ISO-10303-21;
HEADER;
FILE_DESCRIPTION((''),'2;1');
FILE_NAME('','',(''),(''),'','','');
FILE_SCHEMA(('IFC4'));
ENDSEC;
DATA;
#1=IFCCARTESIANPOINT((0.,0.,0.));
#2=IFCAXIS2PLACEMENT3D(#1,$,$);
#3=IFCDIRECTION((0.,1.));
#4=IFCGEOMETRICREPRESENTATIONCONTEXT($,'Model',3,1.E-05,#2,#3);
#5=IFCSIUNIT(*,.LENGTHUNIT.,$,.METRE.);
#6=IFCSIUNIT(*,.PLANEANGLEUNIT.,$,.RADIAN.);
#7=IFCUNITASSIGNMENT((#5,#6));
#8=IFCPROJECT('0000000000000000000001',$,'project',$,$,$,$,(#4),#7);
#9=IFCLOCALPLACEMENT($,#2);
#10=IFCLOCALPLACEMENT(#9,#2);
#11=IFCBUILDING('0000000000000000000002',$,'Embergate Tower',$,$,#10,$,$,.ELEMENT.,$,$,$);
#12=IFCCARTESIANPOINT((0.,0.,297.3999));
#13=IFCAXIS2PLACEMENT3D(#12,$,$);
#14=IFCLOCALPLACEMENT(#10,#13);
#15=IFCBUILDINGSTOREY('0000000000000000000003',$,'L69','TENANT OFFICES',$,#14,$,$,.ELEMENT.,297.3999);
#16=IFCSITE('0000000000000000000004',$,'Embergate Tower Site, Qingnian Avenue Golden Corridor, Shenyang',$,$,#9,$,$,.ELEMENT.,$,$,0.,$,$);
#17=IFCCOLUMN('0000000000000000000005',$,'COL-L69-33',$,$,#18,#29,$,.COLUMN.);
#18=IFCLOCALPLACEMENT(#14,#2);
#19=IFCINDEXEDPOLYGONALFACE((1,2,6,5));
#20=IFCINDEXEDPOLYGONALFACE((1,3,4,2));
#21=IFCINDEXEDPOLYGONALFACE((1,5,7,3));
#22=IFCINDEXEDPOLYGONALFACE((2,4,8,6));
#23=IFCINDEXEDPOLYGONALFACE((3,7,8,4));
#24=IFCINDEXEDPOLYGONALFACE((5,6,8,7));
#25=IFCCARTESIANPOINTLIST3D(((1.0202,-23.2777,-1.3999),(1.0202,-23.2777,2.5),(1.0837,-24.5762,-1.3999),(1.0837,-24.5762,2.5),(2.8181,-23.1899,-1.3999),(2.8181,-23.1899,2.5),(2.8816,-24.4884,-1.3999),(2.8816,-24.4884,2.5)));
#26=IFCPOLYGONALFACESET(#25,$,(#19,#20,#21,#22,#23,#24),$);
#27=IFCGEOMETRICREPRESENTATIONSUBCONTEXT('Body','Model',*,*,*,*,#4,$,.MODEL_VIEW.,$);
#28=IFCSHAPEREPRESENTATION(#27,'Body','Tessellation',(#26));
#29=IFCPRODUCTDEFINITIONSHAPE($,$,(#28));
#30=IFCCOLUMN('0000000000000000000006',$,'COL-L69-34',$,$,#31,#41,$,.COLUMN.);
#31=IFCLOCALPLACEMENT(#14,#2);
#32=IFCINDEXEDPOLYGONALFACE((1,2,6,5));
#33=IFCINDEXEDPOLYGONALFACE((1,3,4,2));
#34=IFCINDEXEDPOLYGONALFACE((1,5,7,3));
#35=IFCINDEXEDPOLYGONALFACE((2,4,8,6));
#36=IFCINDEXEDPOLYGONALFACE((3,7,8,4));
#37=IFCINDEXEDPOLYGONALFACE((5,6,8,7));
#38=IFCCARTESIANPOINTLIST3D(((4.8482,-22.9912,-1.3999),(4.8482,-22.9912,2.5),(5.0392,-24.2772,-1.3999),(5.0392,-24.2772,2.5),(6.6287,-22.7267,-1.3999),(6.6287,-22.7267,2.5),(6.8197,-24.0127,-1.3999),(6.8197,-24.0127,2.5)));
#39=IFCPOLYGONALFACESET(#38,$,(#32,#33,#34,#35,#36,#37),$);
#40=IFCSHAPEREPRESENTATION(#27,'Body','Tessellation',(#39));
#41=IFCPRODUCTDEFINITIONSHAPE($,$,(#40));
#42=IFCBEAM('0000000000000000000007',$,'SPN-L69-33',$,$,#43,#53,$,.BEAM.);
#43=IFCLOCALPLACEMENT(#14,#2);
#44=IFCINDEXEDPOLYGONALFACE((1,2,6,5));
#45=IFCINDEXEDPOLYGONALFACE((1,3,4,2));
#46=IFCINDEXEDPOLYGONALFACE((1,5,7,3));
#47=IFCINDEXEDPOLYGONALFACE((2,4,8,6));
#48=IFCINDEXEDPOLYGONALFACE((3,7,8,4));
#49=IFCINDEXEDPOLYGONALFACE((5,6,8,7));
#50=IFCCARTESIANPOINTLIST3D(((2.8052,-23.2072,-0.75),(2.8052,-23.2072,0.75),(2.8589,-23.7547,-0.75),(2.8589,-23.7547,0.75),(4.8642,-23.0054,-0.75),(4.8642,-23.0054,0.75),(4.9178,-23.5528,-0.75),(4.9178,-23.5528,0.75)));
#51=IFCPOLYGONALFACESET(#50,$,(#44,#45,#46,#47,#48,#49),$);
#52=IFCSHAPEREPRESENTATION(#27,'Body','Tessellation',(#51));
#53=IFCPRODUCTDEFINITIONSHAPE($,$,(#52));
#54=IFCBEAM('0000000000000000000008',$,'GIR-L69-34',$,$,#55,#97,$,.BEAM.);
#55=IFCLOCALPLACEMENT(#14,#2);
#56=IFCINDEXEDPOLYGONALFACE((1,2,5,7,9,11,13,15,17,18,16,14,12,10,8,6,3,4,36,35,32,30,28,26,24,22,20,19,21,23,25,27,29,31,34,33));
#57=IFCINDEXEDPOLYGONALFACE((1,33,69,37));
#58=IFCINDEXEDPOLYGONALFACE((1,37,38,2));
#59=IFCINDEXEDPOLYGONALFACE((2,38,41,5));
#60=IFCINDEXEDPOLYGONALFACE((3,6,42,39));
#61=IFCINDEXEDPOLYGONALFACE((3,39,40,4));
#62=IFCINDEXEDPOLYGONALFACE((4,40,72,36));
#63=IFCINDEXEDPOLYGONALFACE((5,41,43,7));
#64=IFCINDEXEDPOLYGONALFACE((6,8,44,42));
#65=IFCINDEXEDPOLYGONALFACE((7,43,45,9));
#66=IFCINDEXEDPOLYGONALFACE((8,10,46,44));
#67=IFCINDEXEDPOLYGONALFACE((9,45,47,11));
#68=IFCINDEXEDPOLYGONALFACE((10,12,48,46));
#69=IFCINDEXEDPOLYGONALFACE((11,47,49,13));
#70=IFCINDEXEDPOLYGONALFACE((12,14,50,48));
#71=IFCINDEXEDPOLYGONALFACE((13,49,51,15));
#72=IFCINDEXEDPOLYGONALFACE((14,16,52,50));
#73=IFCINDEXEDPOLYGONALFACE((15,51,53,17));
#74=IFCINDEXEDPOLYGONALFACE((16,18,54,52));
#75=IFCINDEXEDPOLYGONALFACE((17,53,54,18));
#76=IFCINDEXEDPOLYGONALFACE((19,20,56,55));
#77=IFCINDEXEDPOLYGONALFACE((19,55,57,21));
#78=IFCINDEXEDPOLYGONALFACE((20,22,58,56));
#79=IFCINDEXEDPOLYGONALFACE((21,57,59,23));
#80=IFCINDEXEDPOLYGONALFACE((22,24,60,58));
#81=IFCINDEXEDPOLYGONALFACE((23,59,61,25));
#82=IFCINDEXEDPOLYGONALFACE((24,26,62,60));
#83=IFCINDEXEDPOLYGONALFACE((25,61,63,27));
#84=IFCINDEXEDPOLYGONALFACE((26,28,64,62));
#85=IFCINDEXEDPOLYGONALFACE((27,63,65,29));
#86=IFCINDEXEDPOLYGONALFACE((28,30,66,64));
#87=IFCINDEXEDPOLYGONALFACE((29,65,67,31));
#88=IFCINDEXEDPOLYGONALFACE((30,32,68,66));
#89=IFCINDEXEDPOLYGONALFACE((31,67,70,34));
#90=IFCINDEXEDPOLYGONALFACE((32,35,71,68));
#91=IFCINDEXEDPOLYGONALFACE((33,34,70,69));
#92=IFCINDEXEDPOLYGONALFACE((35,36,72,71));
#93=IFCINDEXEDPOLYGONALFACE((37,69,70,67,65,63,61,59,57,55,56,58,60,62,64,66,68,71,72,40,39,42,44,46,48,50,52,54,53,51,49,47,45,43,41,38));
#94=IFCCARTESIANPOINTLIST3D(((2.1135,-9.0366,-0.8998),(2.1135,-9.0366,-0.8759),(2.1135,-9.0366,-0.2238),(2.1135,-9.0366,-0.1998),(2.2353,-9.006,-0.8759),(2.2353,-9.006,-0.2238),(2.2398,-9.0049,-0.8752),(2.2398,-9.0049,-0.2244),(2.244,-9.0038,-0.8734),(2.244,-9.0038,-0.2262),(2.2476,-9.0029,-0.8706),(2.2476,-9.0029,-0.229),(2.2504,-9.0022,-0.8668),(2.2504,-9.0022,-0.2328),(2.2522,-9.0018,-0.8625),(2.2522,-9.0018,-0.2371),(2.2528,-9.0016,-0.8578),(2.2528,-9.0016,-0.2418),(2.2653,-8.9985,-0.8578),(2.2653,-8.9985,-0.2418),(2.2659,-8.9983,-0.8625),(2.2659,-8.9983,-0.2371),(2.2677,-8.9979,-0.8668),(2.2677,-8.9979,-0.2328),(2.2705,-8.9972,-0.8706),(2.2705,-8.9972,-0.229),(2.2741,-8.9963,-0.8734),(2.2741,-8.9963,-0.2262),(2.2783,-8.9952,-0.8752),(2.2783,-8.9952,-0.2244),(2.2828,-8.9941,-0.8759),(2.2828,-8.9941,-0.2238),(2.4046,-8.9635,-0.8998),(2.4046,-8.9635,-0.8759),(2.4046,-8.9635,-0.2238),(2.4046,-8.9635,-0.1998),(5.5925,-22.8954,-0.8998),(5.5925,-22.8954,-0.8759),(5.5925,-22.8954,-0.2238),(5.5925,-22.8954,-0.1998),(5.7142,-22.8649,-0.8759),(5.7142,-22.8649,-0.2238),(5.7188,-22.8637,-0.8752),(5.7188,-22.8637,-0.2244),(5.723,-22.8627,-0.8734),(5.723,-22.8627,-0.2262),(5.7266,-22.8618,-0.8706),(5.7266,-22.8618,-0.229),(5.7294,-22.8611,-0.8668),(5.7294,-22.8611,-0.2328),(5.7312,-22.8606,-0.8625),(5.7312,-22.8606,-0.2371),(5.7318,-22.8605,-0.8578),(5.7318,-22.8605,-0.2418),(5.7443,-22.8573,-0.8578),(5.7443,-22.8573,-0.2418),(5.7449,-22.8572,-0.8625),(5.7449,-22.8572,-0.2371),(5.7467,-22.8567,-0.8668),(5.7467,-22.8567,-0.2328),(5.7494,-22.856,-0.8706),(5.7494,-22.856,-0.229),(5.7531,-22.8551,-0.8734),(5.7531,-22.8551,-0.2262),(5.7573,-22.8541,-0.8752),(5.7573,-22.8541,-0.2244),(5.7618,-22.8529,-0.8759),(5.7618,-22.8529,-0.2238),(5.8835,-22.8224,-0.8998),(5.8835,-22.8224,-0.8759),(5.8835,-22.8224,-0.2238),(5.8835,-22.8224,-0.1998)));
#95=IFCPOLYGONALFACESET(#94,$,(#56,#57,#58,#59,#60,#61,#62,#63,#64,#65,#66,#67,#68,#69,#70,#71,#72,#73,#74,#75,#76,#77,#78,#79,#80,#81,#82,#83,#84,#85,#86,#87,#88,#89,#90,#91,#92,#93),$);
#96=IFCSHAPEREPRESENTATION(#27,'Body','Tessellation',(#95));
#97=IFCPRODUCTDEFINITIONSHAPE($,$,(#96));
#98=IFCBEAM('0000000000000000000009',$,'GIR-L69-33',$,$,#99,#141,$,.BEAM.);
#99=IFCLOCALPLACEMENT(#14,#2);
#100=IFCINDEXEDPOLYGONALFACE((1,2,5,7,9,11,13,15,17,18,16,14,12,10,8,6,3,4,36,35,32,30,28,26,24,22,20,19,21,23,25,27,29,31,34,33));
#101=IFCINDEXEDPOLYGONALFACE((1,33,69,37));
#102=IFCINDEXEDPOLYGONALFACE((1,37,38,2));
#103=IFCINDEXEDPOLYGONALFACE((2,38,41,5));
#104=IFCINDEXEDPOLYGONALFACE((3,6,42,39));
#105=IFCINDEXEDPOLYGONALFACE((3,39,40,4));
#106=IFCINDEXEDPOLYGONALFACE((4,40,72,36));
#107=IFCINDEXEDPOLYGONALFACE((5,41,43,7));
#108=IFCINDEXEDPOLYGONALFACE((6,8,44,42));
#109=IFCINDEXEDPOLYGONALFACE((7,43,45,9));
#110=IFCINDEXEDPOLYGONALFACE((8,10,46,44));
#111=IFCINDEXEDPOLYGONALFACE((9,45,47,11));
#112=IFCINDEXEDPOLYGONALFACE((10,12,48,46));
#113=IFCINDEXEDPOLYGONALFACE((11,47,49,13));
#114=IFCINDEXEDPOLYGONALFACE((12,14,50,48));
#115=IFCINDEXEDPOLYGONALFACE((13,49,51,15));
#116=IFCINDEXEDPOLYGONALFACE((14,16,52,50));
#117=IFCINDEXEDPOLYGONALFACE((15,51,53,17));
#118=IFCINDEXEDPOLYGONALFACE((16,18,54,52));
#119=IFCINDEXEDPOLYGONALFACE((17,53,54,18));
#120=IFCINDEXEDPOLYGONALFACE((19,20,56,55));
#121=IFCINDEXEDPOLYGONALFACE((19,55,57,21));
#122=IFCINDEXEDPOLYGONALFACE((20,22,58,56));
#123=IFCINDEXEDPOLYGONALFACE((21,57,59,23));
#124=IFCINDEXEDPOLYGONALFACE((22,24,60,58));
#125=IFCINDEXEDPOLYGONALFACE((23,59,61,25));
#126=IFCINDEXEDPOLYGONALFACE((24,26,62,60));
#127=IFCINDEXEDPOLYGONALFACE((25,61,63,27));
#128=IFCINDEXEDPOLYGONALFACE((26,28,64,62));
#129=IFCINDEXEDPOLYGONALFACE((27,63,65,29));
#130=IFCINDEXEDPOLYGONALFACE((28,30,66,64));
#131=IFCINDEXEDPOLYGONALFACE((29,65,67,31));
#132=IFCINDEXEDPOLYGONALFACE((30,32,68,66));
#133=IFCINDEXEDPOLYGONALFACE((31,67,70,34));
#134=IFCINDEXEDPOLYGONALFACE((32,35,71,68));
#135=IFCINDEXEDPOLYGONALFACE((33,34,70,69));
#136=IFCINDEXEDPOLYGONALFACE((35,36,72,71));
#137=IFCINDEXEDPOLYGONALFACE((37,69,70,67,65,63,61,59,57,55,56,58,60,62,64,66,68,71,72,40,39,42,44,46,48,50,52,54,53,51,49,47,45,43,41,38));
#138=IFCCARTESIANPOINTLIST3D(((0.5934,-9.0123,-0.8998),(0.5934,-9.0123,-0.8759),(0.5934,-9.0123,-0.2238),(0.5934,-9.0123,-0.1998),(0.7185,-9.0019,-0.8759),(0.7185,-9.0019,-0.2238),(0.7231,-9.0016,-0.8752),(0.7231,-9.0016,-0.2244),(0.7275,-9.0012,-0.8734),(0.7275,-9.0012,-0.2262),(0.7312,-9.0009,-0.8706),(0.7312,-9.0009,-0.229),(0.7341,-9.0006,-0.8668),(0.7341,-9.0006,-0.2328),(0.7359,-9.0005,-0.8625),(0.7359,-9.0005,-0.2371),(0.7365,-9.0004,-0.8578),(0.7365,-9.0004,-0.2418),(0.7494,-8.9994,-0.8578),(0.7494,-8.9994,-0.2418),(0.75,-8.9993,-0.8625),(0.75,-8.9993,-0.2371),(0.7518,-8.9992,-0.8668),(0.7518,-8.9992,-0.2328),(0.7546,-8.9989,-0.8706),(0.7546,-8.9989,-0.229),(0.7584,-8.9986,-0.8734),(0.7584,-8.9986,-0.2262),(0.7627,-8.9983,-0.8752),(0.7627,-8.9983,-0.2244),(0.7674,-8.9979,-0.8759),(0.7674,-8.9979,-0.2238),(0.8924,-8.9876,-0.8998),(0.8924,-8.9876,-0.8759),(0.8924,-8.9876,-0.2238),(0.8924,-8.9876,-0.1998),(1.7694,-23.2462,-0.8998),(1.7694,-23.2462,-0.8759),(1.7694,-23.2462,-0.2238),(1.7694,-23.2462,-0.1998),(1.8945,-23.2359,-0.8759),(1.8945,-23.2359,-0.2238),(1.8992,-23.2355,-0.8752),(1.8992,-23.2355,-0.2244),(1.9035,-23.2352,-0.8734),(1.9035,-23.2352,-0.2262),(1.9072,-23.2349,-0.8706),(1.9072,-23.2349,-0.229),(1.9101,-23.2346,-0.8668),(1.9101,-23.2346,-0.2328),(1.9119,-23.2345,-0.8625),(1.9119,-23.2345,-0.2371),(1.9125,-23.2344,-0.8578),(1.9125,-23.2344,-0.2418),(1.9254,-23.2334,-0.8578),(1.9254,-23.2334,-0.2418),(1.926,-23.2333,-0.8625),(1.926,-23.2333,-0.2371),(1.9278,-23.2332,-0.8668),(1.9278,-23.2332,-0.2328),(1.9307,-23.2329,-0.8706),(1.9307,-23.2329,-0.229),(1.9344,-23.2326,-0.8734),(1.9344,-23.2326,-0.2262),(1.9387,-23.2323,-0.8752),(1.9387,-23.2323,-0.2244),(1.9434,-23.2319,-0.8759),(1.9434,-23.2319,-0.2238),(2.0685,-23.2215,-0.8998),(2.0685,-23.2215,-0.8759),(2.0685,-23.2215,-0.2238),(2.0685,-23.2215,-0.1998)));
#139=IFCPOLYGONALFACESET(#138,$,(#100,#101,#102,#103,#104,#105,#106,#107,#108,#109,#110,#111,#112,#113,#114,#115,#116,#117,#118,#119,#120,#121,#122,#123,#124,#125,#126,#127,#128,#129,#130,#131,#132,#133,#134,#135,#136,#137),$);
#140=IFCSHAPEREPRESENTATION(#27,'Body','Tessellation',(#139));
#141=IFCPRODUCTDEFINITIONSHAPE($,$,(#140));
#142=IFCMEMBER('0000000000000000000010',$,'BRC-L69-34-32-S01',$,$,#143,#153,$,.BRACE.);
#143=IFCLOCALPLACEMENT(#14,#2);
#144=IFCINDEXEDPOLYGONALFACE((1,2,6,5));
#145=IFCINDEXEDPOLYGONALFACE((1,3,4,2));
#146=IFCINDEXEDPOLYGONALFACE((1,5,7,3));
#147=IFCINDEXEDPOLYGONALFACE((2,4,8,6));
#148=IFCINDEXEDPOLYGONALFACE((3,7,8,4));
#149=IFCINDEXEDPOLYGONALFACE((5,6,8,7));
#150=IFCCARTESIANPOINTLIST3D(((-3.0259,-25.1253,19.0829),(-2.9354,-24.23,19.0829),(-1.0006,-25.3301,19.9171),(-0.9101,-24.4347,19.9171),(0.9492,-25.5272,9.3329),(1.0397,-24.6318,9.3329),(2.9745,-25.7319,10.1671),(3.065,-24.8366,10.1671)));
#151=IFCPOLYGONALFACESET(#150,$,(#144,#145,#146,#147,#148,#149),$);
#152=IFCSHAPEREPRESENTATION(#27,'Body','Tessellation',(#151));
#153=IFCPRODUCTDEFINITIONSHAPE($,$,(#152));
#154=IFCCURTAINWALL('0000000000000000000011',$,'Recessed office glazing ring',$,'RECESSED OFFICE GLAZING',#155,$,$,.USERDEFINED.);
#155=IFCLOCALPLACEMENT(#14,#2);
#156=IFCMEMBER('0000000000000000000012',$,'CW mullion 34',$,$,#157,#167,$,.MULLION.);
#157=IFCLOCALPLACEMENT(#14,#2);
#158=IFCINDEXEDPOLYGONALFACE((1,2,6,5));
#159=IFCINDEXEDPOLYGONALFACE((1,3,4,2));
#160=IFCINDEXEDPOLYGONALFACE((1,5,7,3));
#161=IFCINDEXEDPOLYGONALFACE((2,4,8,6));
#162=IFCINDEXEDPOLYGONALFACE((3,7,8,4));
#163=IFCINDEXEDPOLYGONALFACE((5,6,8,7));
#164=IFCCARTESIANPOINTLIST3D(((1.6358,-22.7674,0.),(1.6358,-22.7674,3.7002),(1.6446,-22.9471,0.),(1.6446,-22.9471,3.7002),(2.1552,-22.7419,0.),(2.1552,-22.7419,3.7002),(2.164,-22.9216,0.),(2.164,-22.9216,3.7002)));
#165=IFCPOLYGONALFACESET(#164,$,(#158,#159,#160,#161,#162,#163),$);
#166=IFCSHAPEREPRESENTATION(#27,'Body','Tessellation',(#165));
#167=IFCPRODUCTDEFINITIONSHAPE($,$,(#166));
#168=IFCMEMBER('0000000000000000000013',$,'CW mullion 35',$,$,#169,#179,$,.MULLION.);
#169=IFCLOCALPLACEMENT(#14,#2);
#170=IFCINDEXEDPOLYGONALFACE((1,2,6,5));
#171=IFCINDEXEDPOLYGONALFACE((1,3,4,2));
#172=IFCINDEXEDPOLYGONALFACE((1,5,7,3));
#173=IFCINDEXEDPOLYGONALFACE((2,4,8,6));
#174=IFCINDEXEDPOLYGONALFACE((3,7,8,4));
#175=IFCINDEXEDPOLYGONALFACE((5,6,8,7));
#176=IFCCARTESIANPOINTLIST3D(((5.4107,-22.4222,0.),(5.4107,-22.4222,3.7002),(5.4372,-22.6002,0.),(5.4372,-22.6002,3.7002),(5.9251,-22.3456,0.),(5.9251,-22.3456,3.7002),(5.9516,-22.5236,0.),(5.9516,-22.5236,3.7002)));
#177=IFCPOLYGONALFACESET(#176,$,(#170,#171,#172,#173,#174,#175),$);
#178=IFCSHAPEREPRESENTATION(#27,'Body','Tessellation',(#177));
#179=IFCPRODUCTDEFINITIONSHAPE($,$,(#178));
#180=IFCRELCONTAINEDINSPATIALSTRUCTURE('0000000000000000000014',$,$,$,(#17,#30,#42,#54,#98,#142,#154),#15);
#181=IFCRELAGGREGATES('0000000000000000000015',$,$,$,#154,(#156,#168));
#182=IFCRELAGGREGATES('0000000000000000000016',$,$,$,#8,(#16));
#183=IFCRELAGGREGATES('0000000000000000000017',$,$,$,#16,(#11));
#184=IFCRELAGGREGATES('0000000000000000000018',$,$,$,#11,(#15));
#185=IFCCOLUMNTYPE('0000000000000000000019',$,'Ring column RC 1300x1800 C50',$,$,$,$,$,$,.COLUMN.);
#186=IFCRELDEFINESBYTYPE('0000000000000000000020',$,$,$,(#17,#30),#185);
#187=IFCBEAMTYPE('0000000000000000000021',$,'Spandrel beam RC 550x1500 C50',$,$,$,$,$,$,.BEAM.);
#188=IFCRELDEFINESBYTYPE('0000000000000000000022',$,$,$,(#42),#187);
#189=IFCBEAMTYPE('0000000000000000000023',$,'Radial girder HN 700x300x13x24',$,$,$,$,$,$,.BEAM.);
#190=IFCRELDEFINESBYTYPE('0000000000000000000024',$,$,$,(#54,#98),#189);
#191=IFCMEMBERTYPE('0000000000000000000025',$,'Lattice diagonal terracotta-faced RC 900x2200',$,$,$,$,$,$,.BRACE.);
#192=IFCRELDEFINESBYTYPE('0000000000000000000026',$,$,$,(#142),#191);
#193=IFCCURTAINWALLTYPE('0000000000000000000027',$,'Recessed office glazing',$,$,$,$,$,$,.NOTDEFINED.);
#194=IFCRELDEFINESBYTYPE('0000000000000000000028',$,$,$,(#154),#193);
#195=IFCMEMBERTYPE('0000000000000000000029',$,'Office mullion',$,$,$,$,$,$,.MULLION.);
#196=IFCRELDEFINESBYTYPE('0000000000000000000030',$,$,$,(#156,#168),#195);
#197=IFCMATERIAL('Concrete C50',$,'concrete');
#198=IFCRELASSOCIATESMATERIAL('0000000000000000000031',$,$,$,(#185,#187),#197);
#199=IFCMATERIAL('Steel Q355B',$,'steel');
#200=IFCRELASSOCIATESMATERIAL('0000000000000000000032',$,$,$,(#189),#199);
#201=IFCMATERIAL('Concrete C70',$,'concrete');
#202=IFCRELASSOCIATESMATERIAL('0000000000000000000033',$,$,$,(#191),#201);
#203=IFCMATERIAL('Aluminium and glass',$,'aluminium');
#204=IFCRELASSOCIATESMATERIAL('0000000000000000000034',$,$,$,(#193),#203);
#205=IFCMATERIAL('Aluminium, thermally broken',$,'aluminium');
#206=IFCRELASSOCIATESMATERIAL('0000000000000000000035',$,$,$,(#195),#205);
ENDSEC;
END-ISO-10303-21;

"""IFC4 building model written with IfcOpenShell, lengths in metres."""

from ifc_helpers import new_model, si_unit, direction, frame, origin, origin_2d, place, context, subcontext, project, spatial, rectangle, i_section, extrude, source, transform, mapped, material, material_profile, profile_set, type_object, element, aggregate, save


model = new_model("IFC4")

# Units and contexts
model_context = context("Model", 3, precision=1e-05, world=origin(), true_north=direction((0.0, 1.0)))
body_context = subcontext(model_context, "Body", "Model", "MODEL_VIEW")
ifc_project = project(units=[si_unit("LENGTHUNIT", "METRE"), si_unit("PLANEANGLEUNIT", "RADIAN")], contexts=[model_context])

# Site, building, storey
site_placement = place(None, origin())
site = spatial("IfcSite", under=ifc_project, at=site_placement, Name="Embergate Tower Site, Qingnian Avenue Golden Corridor, Shenyang", CompositionType="ELEMENT", RefElevation=0.0)
building_placement = place(site_placement, origin())
building = spatial("IfcBuilding", under=site, at=building_placement, Name="Embergate Tower", CompositionType="ELEMENT")
storey_placement = place(building_placement, frame((0.0, 0.0, 297.3999)))
storey = spatial("IfcBuildingStorey", under=building, at=storey_placement, Name="L69", Description="TENANT OFFICES", CompositionType="ELEMENT", Elevation=297.3999)

# Columns
ifc_material_1 = material(Name="Concrete C50", Category="concrete")
ifc_material_profile_1 = material_profile(ifc_material_1, rectangle(XDim=1.3, YDim=1.8, at=origin_2d()), Name="RC 1300x1800")
ifc_profile_set_1 = profile_set([ifc_material_profile_1], Name="Concrete C50")
column_type = type_object("IfcColumnType", Name="Ring column RC 1300x1800 C50", PredefinedType="COLUMN", material=ifc_profile_set_1)
shared_shape_1 = source(origin(), body_context, "Body", "SweptSolid", [
    extrude(rectangle(XDim=1.3, YDim=1.8, at=origin_2d()), origin(), (0.0, 0.0, 1.0), 3.8999),
])
for number, where, z_axis, x_axis, name in (
    (1, (1.9509, -23.8831, -1.3999), (0.0, 0.0, 1.0), (0.048815, -0.998808, 0.0), "COL-L69-33"),
    (2, (5.834, -23.502, -1.3999), (0.0, 0.0, 1.0), (0.146929, -0.989147, 0.0), "COL-L69-34"),
):
    element("IfcColumn", number, at=place(storey_placement, frame(where, z_axis=z_axis, x_axis=x_axis)), inside=storey, type_object=column_type, Name=name, PredefinedType="COLUMN", context=body_context, shape_type="MappedRepresentation", body=[
        mapped(shared_shape_1, transform((0.0, 0.0, 0.0))),
    ])

# Beams
ifc_material_profile_2 = material_profile(ifc_material_1, rectangle(XDim=0.55, YDim=1.5, at=origin_2d()), Name="RC 550x1500")
ifc_profile_set_2 = profile_set([ifc_material_profile_2], Name="Concrete C50")
beam_type_1 = type_object("IfcBeamType", Name="Spandrel beam RC 550x1500 C50", PredefinedType="BEAM", material=ifc_profile_set_2)
shared_shape_2 = source(origin(), body_context, "Body", "SweptSolid", [
    extrude(rectangle(XDim=0.55, YDim=1.5, at=origin_2d()), origin(), (0.0, 0.0, 1.0), 2.0688),
])
beam_1_placement = place(storey_placement, frame((2.832, -23.481, 0.0), z_axis=(0.995227, 0.097587, 0.0), x_axis=(-0.097587, 0.995227, 0.0)))
element("IfcBeam", 3, at=beam_1_placement, inside=storey, type_object=beam_type_1, Name="SPN-L69-33", PredefinedType="BEAM", context=body_context, shape_type="MappedRepresentation", body=[
    mapped(shared_shape_2, transform((0.0, 0.0, 0.0))),
])
ifc_material_2 = material(Name="Steel Q355B", Category="steel")
ifc_material_profile_3 = material_profile(ifc_material_2, i_section(OverallWidth=0.3, OverallDepth=0.7, WebThickness=0.0129, FlangeThickness=0.0239, FilletRadius=0.0181, at=origin_2d()), Name="HN 700x300x13x24")
ifc_profile_set_3 = profile_set([ifc_material_profile_3], Name="Steel Q355 grade B")
beam_type_2 = type_object("IfcBeamType", Name="Radial girder HN 700x300x13x24", PredefinedType="BEAM", material=ifc_profile_set_3)
shared_shape_3 = source(origin(), body_context, "Body", "SweptSolid", [
    extrude(i_section(OverallWidth=0.3, OverallDepth=0.7, WebThickness=0.0129, FlangeThickness=0.0239, FilletRadius=0.0181, at=origin_2d()), origin(), (0.0, 0.0, 1.0), 14.2888),
])
beam_2_placement = place(storey_placement, frame((5.738, -22.8589, -0.5498), z_axis=(-0.243476, 0.969907, 0.0), x_axis=(-0.969907, -0.243476, 0.0)))
element("IfcBeam", 4, at=beam_2_placement, inside=storey, type_object=beam_type_2, Name="GIR-L69-34", PredefinedType="BEAM", context=body_context, shape_type="MappedRepresentation", body=[
    mapped(shared_shape_3, transform((0.0, 0.0, 0.0))),
])
shared_shape_4 = source(origin(), body_context, "Body", "SweptSolid", [
    extrude(i_section(OverallWidth=0.3, OverallDepth=0.7, WebThickness=0.0129, FlangeThickness=0.0239, FilletRadius=0.0181, at=origin_2d()), origin(), (0.0, 0.0, 1.0), 14.2825),
])
beam_3_placement = place(storey_placement, frame((1.9189, -23.2339, -0.5498), z_axis=(-0.082341, 0.996604, 0.0), x_axis=(-0.996604, -0.082341, 0.0)))
element("IfcBeam", 5, at=beam_3_placement, inside=storey, type_object=beam_type_2, Name="GIR-L69-33", PredefinedType="BEAM", context=body_context, shape_type="MappedRepresentation", body=[
    mapped(shared_shape_4, transform((0.0, 0.0, 0.0))),
])

# Member
ifc_material_3 = material(Name="Concrete C70", Category="concrete")
ifc_material_profile_4 = material_profile(ifc_material_3, rectangle(XDim=0.8999, YDim=2.2, at=origin_2d()), Name="RC 900x2200")
ifc_profile_set_4 = profile_set([ifc_material_profile_4], Name="Concrete C70")
member_type_1 = type_object("IfcMemberType", Name="Lattice diagonal terracotta-faced RC 900x2200", PredefinedType="BRACE", material=ifc_profile_set_4)
shared_shape_5 = source(origin(), body_context, "Body", "SweptSolid", [
    extrude(rectangle(XDim=0.8999, YDim=2.2, at=origin_2d()), origin(), (0.0, 0.0, 1.0), 10.5369),
])
member_1_placement = place(storey_placement, frame((2.0071, -25.1819, 9.75), z_axis=(-0.377256, 0.038138, 0.925323), x_axis=(-0.100581, -0.994929, 0.0)))
element("IfcMember", 6, at=member_1_placement, inside=storey, type_object=member_type_1, Name="BRC-L69-34-32-S01", PredefinedType="BRACE", context=body_context, shape_type="MappedRepresentation", body=[
    mapped(shared_shape_5, transform((0.0, 0.0, 0.0))),
])

# Curtain wall, members
ifc_material_4 = material(Name="Aluminium and glass", Category="aluminium")
curtain_wall_type = type_object("IfcCurtainWallType", Name="Recessed office glazing", PredefinedType="NOTDEFINED", material=ifc_material_4)
curtain_wall_placement = place(storey_placement, origin())
curtain_wall = element("IfcCurtainWall", 7, at=curtain_wall_placement, inside=storey, type_object=curtain_wall_type, Name="Recessed office glazing ring", ObjectType="RECESSED OFFICE GLAZING", PredefinedType="USERDEFINED")
ifc_material_5 = material(Name="Aluminium, thermally broken", Category="aluminium")
ifc_material_profile_5 = material_profile(ifc_material_5, rectangle(XDim=0.1799, YDim=0.52, at=origin_2d()), Name="AL 520x180")
ifc_profile_set_5 = profile_set([ifc_material_profile_5], Name="Aluminium, thermally broken")
member_type_2 = type_object("IfcMemberType", Name="Office mullion", PredefinedType="MULLION", material=ifc_profile_set_5)
shared_shape_6 = source(origin(), body_context, "Body", "SweptSolid", [
    extrude(rectangle(XDim=0.1799, YDim=0.52, at=origin_2d()), origin(), (0.0, 0.0, 1.0), 3.7002),
])
member_2_placement = place(storey_placement, frame((1.8999, -22.8445, 0.0), z_axis=(0.0, 0.0, 1.0), x_axis=(-0.048972, 0.9988, 0.0)))
member_2 = element("IfcMember", 8, at=member_2_placement, type_object=member_type_2, Name="CW mullion 34", PredefinedType="MULLION", context=body_context, shape_type="MappedRepresentation", body=[
    mapped(shared_shape_6, transform((0.0, 0.0, 0.0))),
])
member_3_placement = place(storey_placement, frame((5.6812, -22.4729, 0.0), z_axis=(0.0, 0.0, 1.0), x_axis=(-0.147412, 0.989075, 0.0)))
member_3 = element("IfcMember", 9, at=member_3_placement, type_object=member_type_2, Name="CW mullion 35", PredefinedType="MULLION", context=body_context, shape_type="MappedRepresentation", body=[
    mapped(shared_shape_6, transform((0.0, 0.0, 0.0))),
])
aggregate(curtain_wall, [member_2, member_3])

save(model, "model.ifc")
